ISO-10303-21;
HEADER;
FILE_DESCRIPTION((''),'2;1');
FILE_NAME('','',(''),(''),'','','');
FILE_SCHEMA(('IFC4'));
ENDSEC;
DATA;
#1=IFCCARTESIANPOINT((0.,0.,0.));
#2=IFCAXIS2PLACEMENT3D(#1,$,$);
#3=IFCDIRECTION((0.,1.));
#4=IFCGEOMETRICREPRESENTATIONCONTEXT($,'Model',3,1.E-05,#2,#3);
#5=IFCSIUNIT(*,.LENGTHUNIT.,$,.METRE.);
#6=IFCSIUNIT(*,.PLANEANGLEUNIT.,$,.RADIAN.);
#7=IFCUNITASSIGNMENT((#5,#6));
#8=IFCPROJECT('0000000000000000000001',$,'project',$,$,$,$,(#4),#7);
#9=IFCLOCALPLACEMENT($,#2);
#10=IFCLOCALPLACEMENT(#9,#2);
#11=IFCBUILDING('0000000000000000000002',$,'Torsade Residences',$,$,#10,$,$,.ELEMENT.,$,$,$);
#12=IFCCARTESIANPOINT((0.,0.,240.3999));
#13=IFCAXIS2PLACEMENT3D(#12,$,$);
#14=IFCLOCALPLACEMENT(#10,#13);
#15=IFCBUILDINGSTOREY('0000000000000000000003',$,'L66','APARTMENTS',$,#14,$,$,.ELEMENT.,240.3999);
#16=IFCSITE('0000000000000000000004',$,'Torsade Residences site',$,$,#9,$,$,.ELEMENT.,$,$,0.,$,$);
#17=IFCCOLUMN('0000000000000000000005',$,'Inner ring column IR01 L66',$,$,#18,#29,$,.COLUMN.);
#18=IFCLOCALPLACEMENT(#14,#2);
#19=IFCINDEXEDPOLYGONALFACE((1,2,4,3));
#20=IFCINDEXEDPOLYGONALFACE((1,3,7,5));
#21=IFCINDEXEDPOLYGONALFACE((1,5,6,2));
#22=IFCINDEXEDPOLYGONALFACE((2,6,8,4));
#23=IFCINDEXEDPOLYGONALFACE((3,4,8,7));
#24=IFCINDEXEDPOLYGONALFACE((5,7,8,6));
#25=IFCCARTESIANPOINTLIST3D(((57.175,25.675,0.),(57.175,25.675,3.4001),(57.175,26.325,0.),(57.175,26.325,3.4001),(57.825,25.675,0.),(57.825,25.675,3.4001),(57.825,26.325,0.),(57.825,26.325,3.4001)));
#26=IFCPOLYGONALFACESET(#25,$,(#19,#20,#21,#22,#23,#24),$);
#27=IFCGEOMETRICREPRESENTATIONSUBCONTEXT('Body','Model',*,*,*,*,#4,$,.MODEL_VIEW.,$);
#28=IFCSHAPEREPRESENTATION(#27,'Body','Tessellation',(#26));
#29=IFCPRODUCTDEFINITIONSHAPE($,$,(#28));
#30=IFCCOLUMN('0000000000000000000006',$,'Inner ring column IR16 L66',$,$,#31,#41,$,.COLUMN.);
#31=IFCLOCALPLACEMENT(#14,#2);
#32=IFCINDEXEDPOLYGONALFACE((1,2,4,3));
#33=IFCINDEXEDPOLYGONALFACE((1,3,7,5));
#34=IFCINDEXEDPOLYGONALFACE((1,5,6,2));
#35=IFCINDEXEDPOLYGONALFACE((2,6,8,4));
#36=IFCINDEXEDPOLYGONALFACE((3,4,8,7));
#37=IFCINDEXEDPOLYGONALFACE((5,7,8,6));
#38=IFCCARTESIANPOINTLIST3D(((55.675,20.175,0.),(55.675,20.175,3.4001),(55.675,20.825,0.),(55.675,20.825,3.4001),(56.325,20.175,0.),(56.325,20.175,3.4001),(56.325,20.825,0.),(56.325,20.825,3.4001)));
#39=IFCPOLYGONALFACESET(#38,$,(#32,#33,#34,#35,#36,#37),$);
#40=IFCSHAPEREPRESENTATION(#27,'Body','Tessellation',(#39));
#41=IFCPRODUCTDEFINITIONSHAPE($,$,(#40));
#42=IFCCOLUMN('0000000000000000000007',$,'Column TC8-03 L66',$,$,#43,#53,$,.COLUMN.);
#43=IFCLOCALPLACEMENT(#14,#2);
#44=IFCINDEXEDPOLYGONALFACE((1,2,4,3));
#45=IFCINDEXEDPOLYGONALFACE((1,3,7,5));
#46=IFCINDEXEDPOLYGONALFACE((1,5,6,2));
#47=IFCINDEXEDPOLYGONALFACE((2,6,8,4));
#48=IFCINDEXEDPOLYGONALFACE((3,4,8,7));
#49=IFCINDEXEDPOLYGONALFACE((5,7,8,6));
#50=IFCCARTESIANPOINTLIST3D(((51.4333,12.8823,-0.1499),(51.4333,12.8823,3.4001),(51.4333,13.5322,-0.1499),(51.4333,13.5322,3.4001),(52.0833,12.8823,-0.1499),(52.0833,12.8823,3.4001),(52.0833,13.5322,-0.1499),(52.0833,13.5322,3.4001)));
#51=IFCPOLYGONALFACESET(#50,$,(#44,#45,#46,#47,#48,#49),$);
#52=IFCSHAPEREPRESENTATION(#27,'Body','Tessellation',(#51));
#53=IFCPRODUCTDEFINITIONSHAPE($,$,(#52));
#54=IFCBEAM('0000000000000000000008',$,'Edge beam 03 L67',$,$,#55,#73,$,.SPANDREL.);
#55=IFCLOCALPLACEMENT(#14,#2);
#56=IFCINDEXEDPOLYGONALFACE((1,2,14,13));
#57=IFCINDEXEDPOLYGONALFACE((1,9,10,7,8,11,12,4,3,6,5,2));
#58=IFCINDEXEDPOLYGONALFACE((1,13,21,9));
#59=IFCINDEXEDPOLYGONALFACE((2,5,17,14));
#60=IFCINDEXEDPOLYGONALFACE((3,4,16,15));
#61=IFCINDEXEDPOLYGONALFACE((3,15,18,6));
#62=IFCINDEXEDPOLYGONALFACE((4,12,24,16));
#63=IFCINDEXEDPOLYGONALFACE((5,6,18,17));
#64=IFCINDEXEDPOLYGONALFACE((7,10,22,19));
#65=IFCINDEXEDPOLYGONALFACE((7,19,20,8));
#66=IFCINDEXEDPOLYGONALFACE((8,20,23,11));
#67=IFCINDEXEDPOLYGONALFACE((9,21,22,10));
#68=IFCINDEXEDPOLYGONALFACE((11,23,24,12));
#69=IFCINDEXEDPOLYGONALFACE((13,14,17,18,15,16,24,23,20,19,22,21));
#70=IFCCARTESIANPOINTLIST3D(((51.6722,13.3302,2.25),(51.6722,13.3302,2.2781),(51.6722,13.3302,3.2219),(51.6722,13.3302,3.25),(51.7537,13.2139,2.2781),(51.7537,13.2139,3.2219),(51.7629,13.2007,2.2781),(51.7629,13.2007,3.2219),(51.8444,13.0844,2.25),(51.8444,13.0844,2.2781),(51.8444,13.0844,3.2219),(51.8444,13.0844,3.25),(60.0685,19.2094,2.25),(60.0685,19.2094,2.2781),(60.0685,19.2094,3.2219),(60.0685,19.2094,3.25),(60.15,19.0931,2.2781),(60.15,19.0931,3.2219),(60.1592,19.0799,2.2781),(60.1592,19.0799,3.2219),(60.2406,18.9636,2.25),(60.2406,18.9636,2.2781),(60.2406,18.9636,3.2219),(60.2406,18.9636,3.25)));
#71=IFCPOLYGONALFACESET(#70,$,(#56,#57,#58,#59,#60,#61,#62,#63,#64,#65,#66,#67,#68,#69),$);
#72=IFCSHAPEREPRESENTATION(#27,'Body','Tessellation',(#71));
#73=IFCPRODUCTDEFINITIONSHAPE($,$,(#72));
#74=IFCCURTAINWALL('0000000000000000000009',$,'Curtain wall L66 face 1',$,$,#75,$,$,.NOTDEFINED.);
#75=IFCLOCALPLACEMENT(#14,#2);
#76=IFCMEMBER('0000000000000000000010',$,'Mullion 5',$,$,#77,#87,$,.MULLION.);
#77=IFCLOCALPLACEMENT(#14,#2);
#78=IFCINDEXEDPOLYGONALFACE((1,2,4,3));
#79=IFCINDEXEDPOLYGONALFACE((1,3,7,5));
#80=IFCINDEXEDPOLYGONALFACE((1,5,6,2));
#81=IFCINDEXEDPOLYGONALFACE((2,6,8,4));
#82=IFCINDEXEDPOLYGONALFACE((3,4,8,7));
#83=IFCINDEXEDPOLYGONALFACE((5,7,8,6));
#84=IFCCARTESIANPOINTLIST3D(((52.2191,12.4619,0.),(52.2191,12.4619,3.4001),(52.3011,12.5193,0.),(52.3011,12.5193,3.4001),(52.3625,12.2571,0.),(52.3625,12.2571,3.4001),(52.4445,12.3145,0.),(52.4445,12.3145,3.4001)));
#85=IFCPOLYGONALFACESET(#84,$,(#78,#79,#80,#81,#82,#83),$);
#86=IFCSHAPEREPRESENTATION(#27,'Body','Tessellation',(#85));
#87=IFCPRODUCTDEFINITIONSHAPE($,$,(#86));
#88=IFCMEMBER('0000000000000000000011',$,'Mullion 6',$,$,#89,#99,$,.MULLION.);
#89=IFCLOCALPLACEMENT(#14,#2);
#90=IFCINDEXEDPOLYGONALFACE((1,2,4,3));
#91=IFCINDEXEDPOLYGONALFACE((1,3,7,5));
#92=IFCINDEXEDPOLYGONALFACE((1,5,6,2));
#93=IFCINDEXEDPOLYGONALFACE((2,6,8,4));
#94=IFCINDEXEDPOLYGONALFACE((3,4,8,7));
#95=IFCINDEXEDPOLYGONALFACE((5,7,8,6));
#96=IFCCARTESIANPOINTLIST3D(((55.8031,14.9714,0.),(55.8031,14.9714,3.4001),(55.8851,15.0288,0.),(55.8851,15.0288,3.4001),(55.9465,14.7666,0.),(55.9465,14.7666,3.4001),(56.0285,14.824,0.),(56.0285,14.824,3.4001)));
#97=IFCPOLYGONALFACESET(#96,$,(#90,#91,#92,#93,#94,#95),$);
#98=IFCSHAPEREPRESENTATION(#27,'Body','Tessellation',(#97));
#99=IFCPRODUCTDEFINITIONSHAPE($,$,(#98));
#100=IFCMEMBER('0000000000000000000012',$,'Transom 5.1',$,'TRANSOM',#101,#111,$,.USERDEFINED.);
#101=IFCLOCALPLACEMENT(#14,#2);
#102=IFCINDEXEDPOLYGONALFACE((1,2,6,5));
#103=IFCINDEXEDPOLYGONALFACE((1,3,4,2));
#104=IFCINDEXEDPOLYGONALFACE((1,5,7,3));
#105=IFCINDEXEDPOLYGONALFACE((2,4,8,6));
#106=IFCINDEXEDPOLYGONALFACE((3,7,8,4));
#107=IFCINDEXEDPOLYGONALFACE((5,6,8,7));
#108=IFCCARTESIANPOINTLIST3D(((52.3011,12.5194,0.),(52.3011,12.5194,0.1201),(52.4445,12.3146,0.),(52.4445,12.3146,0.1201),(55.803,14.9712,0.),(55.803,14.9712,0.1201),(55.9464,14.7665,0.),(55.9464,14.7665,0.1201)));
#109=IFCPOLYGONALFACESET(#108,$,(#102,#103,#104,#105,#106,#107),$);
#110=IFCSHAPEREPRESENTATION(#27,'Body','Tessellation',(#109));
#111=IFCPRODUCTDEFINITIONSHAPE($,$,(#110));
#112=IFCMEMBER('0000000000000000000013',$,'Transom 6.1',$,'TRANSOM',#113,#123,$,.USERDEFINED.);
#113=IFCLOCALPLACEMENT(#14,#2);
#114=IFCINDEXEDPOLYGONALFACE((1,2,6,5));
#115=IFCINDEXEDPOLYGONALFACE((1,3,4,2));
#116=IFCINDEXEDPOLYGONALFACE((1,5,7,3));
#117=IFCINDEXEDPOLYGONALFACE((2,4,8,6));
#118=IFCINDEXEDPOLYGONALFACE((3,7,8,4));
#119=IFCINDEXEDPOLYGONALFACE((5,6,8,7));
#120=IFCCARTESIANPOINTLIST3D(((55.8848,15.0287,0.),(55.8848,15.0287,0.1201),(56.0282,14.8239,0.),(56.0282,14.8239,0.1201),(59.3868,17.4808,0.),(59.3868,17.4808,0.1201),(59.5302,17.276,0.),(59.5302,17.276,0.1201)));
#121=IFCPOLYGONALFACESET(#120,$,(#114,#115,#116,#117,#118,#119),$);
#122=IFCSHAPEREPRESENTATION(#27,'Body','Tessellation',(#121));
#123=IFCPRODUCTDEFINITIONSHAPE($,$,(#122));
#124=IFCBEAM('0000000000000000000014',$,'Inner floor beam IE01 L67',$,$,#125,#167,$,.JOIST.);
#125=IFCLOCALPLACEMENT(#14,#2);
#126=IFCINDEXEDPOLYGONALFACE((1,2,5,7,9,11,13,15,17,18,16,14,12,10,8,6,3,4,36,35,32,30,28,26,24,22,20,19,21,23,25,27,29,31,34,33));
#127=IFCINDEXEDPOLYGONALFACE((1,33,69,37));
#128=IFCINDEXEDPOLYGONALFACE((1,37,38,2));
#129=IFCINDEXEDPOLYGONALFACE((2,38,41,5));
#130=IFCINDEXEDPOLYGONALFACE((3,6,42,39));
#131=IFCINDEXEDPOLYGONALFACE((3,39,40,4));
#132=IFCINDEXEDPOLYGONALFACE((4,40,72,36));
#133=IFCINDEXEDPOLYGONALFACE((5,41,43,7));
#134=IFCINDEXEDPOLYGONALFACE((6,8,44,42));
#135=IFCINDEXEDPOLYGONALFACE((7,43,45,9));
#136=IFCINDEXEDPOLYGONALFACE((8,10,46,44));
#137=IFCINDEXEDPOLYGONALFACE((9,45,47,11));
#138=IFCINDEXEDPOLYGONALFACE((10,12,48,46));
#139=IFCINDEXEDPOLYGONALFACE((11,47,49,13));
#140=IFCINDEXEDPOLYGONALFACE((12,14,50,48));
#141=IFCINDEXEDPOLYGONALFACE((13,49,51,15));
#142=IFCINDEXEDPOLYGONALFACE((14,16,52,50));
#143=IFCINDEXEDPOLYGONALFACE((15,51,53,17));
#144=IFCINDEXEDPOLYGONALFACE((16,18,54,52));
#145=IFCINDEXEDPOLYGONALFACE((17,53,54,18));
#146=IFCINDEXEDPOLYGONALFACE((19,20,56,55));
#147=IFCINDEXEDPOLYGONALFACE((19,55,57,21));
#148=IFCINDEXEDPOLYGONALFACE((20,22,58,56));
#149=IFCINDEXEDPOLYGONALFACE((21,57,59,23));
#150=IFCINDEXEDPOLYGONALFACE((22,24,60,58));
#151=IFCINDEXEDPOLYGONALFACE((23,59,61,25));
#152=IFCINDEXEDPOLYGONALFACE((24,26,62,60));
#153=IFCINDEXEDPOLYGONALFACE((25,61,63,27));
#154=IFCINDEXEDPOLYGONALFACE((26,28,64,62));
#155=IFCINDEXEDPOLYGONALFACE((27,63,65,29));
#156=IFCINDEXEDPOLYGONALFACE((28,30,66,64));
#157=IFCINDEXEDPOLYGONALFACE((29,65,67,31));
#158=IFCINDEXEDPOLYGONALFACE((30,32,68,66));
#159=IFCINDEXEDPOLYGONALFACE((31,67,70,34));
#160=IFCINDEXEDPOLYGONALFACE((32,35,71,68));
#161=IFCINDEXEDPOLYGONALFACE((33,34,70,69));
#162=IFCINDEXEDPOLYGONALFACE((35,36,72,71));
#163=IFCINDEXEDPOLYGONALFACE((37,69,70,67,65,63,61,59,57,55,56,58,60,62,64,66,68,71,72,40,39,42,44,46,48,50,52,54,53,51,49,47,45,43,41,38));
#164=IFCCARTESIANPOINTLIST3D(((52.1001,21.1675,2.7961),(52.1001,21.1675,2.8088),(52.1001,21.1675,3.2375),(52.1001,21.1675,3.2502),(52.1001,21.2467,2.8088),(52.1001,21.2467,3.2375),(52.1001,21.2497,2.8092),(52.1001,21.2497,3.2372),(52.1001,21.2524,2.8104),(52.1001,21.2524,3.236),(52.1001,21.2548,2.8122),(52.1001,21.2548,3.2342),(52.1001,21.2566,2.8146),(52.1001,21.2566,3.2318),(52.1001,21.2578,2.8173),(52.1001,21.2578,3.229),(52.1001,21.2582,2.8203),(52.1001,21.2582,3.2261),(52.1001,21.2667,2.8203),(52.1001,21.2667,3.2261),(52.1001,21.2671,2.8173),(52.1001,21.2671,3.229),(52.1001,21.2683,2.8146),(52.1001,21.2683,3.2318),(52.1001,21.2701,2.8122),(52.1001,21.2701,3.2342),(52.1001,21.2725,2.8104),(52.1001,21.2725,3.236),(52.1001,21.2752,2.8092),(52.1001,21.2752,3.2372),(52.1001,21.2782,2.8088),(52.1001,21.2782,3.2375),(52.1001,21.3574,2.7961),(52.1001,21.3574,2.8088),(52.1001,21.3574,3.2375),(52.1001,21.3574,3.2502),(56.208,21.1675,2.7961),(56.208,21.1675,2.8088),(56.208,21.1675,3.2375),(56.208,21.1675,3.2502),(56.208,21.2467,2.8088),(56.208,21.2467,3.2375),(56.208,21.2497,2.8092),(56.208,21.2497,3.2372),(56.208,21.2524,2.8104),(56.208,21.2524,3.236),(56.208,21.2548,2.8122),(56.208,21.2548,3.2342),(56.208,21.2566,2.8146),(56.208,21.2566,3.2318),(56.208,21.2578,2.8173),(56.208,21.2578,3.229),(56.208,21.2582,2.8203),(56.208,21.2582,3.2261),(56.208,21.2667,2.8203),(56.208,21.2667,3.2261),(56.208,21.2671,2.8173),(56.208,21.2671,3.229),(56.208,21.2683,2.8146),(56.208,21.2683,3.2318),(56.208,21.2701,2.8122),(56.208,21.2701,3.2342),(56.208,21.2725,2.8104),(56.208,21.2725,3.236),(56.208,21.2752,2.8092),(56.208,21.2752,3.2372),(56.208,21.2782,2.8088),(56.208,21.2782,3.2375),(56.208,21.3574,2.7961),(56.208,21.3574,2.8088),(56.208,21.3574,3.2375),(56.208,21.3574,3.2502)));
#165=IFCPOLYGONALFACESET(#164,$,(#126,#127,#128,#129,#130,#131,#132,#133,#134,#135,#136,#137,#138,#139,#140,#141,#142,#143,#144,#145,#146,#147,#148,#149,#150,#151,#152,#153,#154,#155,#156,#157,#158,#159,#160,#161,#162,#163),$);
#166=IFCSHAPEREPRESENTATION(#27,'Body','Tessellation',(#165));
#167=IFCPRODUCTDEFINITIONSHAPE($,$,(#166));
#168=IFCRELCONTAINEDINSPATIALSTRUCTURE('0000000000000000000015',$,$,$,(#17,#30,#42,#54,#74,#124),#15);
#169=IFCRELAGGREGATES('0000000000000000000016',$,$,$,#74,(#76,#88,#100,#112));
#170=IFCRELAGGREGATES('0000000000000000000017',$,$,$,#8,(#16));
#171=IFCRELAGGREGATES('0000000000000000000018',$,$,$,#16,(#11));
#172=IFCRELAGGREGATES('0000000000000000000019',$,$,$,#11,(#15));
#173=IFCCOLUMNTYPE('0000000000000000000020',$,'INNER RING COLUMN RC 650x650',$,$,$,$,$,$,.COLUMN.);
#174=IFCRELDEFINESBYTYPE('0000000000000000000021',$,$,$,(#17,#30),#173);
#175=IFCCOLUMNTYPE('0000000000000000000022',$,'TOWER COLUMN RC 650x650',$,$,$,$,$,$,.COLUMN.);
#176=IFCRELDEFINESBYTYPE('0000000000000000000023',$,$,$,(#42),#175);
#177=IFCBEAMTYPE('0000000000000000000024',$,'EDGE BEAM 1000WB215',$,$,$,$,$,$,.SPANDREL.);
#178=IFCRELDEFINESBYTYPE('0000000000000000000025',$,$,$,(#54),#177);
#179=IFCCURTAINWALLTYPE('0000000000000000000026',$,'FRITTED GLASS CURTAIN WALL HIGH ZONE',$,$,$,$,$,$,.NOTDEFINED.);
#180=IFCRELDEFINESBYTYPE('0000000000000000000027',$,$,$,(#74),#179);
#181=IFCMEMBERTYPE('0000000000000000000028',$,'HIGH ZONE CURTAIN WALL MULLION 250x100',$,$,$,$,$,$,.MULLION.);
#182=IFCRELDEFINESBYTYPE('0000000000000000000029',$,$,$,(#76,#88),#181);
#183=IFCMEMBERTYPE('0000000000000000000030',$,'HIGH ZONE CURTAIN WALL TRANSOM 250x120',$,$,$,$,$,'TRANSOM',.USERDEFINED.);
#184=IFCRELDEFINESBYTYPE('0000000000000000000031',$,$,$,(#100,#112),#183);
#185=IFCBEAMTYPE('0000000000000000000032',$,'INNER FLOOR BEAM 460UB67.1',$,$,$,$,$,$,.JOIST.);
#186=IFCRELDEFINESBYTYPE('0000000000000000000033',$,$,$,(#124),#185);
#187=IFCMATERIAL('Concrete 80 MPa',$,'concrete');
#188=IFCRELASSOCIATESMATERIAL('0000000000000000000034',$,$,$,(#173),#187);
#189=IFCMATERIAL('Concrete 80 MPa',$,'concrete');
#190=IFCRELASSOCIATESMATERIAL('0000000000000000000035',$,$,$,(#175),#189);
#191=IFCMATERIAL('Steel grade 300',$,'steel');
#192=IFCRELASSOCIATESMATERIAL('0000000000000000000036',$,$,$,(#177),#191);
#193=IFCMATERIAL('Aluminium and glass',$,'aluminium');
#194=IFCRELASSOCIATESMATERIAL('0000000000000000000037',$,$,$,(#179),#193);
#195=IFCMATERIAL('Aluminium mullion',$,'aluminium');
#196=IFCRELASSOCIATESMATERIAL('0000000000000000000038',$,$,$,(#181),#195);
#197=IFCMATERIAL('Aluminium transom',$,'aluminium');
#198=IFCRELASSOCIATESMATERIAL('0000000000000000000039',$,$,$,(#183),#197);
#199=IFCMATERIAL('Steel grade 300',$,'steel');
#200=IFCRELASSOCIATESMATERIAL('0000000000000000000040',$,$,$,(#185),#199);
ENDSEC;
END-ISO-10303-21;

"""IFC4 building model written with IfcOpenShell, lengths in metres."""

from ifc_helpers import new_model, si_unit, direction, frame, origin, origin_2d, place, context, subcontext, project, spatial, rectangle, i_section, extrude, material, material_profile, profile_set, type_object, element, aggregate, save


model = new_model("IFC4")

# Units and contexts
model_context = context("Model", 3, precision=1e-05, world=origin(), true_north=direction((0.0, 1.0)))
body_context = subcontext(model_context, "Body", "Model", "MODEL_VIEW")
ifc_project = project(units=[si_unit("LENGTHUNIT", "METRE"), si_unit("PLANEANGLEUNIT", "RADIAN")], contexts=[model_context])

# Site, building, storey
site_placement = place(None, origin())
site = spatial("IfcSite", under=ifc_project, at=site_placement, Name="Torsade Residences site", CompositionType="ELEMENT", RefElevation=0.0)
building_placement = place(site_placement, origin())
building = spatial("IfcBuilding", under=site, at=building_placement, Name="Torsade Residences", CompositionType="ELEMENT")
storey_placement = place(building_placement, frame((0.0, 0.0, 240.3999)))
storey = spatial("IfcBuildingStorey", under=building, at=storey_placement, Name="L66", Description="APARTMENTS", CompositionType="ELEMENT", Elevation=240.3999)

# Columns
ifc_material_1 = material(Name="Concrete 80 MPa", Category="concrete")
ifc_material_profile_1 = material_profile(ifc_material_1, rectangle(XDim=0.6499, YDim=0.6499, at=origin_2d()), Name="RC 650x650")
ifc_profile_set_1 = profile_set([ifc_material_profile_1], Name="Concrete 80 MPa")
column_type_1 = type_object("IfcColumnType", Name="INNER RING COLUMN RC 650x650", PredefinedType="COLUMN", material=ifc_profile_set_1)
for number, where, z_axis, x_axis, name in (
    (1, (57.5, 26.0, 0.0), (0.0, 0.0, 1.0), (1.0, 0.0, 0.0), "Inner ring column IR01 L66"),
    (2, (56.0, 20.5, 0.0), (0.0, 0.0, 1.0), (1.0, 0.0, 0.0), "Inner ring column IR16 L66"),
):
    element("IfcColumn", number, at=place(storey_placement, frame(where, z_axis=z_axis, x_axis=x_axis)), inside=storey, type_object=column_type_1, Name=name, PredefinedType="COLUMN", context=body_context, shape_type="SweptSolid", body=[
        extrude(rectangle(XDim=0.6499, YDim=0.6499, at=origin_2d()), origin(), (0.0, 0.0, 1.0), 3.4001),
    ])
ifc_material_2 = material(Name="Concrete 80 MPa", Category="concrete")
ifc_material_profile_2 = material_profile(ifc_material_2, rectangle(XDim=0.6499, YDim=0.6499, at=origin_2d()), Name="RC 650x650")
ifc_profile_set_2 = profile_set([ifc_material_profile_2], Name="Concrete 80 MPa")
column_type_2 = type_object("IfcColumnType", Name="TOWER COLUMN RC 650x650", PredefinedType="COLUMN", material=ifc_profile_set_2)
column_placement = place(storey_placement, frame((51.7583, 13.2073, -0.1499), z_axis=(0.0, 0.0, 1.0), x_axis=(1.0, 0.0, 0.0)))
element("IfcColumn", 3, at=column_placement, inside=storey, type_object=column_type_2, Name="Column TC8-03 L66", PredefinedType="COLUMN", context=body_context, shape_type="SweptSolid", body=[
    extrude(rectangle(XDim=0.6499, YDim=0.6499, at=origin_2d()), origin(), (0.0, 0.0, 1.0), 3.55),
])

# Beam
ifc_material_3 = material(Name="Steel grade 300", Category="steel")
ifc_material_profile_3 = material_profile(ifc_material_3, i_section(OverallWidth=0.3, OverallDepth=1.0, WebThickness=0.0161, FlangeThickness=0.0281, at=origin_2d()), Name="1000WB215")
ifc_profile_set_3 = profile_set([ifc_material_profile_3], Name="Steel grade 300")
beam_type_1 = type_object("IfcBeamType", Name="EDGE BEAM 1000WB215", PredefinedType="SPANDREL", material=ifc_profile_set_3)
beam_1_placement = place(storey_placement, frame((51.7583, 13.2073, 2.75), z_axis=(0.81915, 0.573579, 0.0), x_axis=(-0.573579, 0.81915, 0.0)))
element("IfcBeam", 4, at=beam_1_placement, inside=storey, type_object=beam_type_1, Name="Edge beam 03 L67", PredefinedType="SPANDREL", context=body_context, shape_type="SweptSolid", body=[
    extrude(i_section(OverallWidth=0.3, OverallDepth=1.0, WebThickness=0.0161, FlangeThickness=0.0281, at=origin_2d()), origin(), (0.0, 0.0, 1.0), 10.25),
])

# Curtain wall, members
ifc_material_4 = material(Name="Aluminium and glass", Category="aluminium")
curtain_wall_type = type_object("IfcCurtainWallType", Name="FRITTED GLASS CURTAIN WALL HIGH ZONE", PredefinedType="NOTDEFINED", material=ifc_material_4)
curtain_wall_placement = place(storey_placement, origin())
curtain_wall = element("IfcCurtainWall", 5, at=curtain_wall_placement, inside=storey, type_object=curtain_wall_type, Name="Curtain wall L66 face 1", PredefinedType="NOTDEFINED")
ifc_material_5 = material(Name="Aluminium mullion", Category="aluminium")
ifc_material_profile_4 = material_profile(ifc_material_5, rectangle(XDim=0.25, YDim=0.1001, at=origin_2d()), Name="HIGH ZONE CURTAIN WALL MULLION 250x100")
ifc_profile_set_4 = profile_set([ifc_material_profile_4], Name="Aluminium mullion")
member_type_1 = type_object("IfcMemberType", Name="HIGH ZONE CURTAIN WALL MULLION 250x100", PredefinedType="MULLION", material=ifc_profile_set_4)
member_1_placement = place(storey_placement, frame((52.3318, 12.3882, 0.0), z_axis=(0.0, 0.0, 1.0), x_axis=(-0.573576, 0.819152, 0.0)))
member_1 = element("IfcMember", 6, at=member_1_placement, type_object=member_type_1, Name="Mullion 5", PredefinedType="MULLION", context=body_context, shape_type="SweptSolid", body=[
    extrude(rectangle(XDim=0.25, YDim=0.1001, at=origin_2d()), origin(), (0.0, 0.0, 1.0), 3.4001),
])
member_2_placement = place(storey_placement, frame((55.9158, 14.8977, 0.0), z_axis=(0.0, 0.0, 1.0), x_axis=(-0.573576, 0.819152, 0.0)))
member_2 = element("IfcMember", 7, at=member_2_placement, type_object=member_type_1, Name="Mullion 6", PredefinedType="MULLION", context=body_context, shape_type="SweptSolid", body=[
    extrude(rectangle(XDim=0.25, YDim=0.1001, at=origin_2d()), origin(), (0.0, 0.0, 1.0), 3.4001),
])
ifc_material_6 = material(Name="Aluminium transom", Category="aluminium")
ifc_material_profile_5 = material_profile(ifc_material_6, rectangle(XDim=0.25, YDim=0.1201, at=origin_2d()), Name="HIGH ZONE CURTAIN WALL TRANSOM 250x120")
ifc_profile_set_5 = profile_set([ifc_material_profile_5], Name="Aluminium transom")
member_type_2 = type_object("IfcMemberType", Name="HIGH ZONE CURTAIN WALL TRANSOM 250x120", ElementType="TRANSOM", PredefinedType="USERDEFINED", material=ifc_profile_set_5)
member_3_placement = place(storey_placement, frame((52.3728, 12.417, 0.0601), z_axis=(0.819173, 0.573547, 0.0), x_axis=(-0.573547, 0.819173, 0.0)))
member_3 = element("IfcMember", 8, at=member_3_placement, type_object=member_type_2, Name="Transom 5.1", ObjectType="TRANSOM", PredefinedType="USERDEFINED", context=body_context, shape_type="SweptSolid", body=[
    extrude(rectangle(XDim=0.25, YDim=0.1201, at=origin_2d()), origin(), (0.0, 0.0, 1.0), 4.2749),
])
member_4_placement = place(storey_placement, frame((55.9565, 14.9263, 0.0601), z_axis=(0.819146, 0.573585, 0.0), x_axis=(-0.573585, 0.819146, 0.0)))
member_4 = element("IfcMember", 9, at=member_4_placement, type_object=member_type_2, Name="Transom 6.1", ObjectType="TRANSOM", PredefinedType="USERDEFINED", context=body_context, shape_type="SweptSolid", body=[
    extrude(rectangle(XDim=0.25, YDim=0.1201, at=origin_2d()), origin(), (0.0, 0.0, 1.0), 4.2751),
])

# Beam
ifc_material_7 = material(Name="Steel grade 300", Category="steel")
ifc_material_profile_6 = material_profile(ifc_material_7, i_section(OverallWidth=0.1899, OverallDepth=0.4541, WebThickness=0.0085, FlangeThickness=0.0127, FilletRadius=0.0115, at=origin_2d()), Name="460UB67.1")
ifc_profile_set_6 = profile_set([ifc_material_profile_6], Name="Steel grade 300")
beam_type_2 = type_object("IfcBeamType", Name="INNER FLOOR BEAM 460UB67.1", PredefinedType="JOIST", material=ifc_profile_set_6)
beam_2_placement = place(storey_placement, frame((52.1001, 21.2625, 3.0232), z_axis=(1.0, 0.0, 0.0), x_axis=(0.0, 1.0, 0.0)))
element("IfcBeam", 10, at=beam_2_placement, inside=storey, type_object=beam_type_2, Name="Inner floor beam IE01 L67", PredefinedType="JOIST", context=body_context, shape_type="SweptSolid", body=[
    extrude(i_section(OverallWidth=0.1899, OverallDepth=0.4541, WebThickness=0.0085, FlangeThickness=0.0127, FilletRadius=0.0115, at=origin_2d()), origin(), (0.0, 0.0, 1.0), 4.1079),
])

aggregate(curtain_wall, [member_1, member_2, member_3, member_4])

save(model, "model.ifc")
